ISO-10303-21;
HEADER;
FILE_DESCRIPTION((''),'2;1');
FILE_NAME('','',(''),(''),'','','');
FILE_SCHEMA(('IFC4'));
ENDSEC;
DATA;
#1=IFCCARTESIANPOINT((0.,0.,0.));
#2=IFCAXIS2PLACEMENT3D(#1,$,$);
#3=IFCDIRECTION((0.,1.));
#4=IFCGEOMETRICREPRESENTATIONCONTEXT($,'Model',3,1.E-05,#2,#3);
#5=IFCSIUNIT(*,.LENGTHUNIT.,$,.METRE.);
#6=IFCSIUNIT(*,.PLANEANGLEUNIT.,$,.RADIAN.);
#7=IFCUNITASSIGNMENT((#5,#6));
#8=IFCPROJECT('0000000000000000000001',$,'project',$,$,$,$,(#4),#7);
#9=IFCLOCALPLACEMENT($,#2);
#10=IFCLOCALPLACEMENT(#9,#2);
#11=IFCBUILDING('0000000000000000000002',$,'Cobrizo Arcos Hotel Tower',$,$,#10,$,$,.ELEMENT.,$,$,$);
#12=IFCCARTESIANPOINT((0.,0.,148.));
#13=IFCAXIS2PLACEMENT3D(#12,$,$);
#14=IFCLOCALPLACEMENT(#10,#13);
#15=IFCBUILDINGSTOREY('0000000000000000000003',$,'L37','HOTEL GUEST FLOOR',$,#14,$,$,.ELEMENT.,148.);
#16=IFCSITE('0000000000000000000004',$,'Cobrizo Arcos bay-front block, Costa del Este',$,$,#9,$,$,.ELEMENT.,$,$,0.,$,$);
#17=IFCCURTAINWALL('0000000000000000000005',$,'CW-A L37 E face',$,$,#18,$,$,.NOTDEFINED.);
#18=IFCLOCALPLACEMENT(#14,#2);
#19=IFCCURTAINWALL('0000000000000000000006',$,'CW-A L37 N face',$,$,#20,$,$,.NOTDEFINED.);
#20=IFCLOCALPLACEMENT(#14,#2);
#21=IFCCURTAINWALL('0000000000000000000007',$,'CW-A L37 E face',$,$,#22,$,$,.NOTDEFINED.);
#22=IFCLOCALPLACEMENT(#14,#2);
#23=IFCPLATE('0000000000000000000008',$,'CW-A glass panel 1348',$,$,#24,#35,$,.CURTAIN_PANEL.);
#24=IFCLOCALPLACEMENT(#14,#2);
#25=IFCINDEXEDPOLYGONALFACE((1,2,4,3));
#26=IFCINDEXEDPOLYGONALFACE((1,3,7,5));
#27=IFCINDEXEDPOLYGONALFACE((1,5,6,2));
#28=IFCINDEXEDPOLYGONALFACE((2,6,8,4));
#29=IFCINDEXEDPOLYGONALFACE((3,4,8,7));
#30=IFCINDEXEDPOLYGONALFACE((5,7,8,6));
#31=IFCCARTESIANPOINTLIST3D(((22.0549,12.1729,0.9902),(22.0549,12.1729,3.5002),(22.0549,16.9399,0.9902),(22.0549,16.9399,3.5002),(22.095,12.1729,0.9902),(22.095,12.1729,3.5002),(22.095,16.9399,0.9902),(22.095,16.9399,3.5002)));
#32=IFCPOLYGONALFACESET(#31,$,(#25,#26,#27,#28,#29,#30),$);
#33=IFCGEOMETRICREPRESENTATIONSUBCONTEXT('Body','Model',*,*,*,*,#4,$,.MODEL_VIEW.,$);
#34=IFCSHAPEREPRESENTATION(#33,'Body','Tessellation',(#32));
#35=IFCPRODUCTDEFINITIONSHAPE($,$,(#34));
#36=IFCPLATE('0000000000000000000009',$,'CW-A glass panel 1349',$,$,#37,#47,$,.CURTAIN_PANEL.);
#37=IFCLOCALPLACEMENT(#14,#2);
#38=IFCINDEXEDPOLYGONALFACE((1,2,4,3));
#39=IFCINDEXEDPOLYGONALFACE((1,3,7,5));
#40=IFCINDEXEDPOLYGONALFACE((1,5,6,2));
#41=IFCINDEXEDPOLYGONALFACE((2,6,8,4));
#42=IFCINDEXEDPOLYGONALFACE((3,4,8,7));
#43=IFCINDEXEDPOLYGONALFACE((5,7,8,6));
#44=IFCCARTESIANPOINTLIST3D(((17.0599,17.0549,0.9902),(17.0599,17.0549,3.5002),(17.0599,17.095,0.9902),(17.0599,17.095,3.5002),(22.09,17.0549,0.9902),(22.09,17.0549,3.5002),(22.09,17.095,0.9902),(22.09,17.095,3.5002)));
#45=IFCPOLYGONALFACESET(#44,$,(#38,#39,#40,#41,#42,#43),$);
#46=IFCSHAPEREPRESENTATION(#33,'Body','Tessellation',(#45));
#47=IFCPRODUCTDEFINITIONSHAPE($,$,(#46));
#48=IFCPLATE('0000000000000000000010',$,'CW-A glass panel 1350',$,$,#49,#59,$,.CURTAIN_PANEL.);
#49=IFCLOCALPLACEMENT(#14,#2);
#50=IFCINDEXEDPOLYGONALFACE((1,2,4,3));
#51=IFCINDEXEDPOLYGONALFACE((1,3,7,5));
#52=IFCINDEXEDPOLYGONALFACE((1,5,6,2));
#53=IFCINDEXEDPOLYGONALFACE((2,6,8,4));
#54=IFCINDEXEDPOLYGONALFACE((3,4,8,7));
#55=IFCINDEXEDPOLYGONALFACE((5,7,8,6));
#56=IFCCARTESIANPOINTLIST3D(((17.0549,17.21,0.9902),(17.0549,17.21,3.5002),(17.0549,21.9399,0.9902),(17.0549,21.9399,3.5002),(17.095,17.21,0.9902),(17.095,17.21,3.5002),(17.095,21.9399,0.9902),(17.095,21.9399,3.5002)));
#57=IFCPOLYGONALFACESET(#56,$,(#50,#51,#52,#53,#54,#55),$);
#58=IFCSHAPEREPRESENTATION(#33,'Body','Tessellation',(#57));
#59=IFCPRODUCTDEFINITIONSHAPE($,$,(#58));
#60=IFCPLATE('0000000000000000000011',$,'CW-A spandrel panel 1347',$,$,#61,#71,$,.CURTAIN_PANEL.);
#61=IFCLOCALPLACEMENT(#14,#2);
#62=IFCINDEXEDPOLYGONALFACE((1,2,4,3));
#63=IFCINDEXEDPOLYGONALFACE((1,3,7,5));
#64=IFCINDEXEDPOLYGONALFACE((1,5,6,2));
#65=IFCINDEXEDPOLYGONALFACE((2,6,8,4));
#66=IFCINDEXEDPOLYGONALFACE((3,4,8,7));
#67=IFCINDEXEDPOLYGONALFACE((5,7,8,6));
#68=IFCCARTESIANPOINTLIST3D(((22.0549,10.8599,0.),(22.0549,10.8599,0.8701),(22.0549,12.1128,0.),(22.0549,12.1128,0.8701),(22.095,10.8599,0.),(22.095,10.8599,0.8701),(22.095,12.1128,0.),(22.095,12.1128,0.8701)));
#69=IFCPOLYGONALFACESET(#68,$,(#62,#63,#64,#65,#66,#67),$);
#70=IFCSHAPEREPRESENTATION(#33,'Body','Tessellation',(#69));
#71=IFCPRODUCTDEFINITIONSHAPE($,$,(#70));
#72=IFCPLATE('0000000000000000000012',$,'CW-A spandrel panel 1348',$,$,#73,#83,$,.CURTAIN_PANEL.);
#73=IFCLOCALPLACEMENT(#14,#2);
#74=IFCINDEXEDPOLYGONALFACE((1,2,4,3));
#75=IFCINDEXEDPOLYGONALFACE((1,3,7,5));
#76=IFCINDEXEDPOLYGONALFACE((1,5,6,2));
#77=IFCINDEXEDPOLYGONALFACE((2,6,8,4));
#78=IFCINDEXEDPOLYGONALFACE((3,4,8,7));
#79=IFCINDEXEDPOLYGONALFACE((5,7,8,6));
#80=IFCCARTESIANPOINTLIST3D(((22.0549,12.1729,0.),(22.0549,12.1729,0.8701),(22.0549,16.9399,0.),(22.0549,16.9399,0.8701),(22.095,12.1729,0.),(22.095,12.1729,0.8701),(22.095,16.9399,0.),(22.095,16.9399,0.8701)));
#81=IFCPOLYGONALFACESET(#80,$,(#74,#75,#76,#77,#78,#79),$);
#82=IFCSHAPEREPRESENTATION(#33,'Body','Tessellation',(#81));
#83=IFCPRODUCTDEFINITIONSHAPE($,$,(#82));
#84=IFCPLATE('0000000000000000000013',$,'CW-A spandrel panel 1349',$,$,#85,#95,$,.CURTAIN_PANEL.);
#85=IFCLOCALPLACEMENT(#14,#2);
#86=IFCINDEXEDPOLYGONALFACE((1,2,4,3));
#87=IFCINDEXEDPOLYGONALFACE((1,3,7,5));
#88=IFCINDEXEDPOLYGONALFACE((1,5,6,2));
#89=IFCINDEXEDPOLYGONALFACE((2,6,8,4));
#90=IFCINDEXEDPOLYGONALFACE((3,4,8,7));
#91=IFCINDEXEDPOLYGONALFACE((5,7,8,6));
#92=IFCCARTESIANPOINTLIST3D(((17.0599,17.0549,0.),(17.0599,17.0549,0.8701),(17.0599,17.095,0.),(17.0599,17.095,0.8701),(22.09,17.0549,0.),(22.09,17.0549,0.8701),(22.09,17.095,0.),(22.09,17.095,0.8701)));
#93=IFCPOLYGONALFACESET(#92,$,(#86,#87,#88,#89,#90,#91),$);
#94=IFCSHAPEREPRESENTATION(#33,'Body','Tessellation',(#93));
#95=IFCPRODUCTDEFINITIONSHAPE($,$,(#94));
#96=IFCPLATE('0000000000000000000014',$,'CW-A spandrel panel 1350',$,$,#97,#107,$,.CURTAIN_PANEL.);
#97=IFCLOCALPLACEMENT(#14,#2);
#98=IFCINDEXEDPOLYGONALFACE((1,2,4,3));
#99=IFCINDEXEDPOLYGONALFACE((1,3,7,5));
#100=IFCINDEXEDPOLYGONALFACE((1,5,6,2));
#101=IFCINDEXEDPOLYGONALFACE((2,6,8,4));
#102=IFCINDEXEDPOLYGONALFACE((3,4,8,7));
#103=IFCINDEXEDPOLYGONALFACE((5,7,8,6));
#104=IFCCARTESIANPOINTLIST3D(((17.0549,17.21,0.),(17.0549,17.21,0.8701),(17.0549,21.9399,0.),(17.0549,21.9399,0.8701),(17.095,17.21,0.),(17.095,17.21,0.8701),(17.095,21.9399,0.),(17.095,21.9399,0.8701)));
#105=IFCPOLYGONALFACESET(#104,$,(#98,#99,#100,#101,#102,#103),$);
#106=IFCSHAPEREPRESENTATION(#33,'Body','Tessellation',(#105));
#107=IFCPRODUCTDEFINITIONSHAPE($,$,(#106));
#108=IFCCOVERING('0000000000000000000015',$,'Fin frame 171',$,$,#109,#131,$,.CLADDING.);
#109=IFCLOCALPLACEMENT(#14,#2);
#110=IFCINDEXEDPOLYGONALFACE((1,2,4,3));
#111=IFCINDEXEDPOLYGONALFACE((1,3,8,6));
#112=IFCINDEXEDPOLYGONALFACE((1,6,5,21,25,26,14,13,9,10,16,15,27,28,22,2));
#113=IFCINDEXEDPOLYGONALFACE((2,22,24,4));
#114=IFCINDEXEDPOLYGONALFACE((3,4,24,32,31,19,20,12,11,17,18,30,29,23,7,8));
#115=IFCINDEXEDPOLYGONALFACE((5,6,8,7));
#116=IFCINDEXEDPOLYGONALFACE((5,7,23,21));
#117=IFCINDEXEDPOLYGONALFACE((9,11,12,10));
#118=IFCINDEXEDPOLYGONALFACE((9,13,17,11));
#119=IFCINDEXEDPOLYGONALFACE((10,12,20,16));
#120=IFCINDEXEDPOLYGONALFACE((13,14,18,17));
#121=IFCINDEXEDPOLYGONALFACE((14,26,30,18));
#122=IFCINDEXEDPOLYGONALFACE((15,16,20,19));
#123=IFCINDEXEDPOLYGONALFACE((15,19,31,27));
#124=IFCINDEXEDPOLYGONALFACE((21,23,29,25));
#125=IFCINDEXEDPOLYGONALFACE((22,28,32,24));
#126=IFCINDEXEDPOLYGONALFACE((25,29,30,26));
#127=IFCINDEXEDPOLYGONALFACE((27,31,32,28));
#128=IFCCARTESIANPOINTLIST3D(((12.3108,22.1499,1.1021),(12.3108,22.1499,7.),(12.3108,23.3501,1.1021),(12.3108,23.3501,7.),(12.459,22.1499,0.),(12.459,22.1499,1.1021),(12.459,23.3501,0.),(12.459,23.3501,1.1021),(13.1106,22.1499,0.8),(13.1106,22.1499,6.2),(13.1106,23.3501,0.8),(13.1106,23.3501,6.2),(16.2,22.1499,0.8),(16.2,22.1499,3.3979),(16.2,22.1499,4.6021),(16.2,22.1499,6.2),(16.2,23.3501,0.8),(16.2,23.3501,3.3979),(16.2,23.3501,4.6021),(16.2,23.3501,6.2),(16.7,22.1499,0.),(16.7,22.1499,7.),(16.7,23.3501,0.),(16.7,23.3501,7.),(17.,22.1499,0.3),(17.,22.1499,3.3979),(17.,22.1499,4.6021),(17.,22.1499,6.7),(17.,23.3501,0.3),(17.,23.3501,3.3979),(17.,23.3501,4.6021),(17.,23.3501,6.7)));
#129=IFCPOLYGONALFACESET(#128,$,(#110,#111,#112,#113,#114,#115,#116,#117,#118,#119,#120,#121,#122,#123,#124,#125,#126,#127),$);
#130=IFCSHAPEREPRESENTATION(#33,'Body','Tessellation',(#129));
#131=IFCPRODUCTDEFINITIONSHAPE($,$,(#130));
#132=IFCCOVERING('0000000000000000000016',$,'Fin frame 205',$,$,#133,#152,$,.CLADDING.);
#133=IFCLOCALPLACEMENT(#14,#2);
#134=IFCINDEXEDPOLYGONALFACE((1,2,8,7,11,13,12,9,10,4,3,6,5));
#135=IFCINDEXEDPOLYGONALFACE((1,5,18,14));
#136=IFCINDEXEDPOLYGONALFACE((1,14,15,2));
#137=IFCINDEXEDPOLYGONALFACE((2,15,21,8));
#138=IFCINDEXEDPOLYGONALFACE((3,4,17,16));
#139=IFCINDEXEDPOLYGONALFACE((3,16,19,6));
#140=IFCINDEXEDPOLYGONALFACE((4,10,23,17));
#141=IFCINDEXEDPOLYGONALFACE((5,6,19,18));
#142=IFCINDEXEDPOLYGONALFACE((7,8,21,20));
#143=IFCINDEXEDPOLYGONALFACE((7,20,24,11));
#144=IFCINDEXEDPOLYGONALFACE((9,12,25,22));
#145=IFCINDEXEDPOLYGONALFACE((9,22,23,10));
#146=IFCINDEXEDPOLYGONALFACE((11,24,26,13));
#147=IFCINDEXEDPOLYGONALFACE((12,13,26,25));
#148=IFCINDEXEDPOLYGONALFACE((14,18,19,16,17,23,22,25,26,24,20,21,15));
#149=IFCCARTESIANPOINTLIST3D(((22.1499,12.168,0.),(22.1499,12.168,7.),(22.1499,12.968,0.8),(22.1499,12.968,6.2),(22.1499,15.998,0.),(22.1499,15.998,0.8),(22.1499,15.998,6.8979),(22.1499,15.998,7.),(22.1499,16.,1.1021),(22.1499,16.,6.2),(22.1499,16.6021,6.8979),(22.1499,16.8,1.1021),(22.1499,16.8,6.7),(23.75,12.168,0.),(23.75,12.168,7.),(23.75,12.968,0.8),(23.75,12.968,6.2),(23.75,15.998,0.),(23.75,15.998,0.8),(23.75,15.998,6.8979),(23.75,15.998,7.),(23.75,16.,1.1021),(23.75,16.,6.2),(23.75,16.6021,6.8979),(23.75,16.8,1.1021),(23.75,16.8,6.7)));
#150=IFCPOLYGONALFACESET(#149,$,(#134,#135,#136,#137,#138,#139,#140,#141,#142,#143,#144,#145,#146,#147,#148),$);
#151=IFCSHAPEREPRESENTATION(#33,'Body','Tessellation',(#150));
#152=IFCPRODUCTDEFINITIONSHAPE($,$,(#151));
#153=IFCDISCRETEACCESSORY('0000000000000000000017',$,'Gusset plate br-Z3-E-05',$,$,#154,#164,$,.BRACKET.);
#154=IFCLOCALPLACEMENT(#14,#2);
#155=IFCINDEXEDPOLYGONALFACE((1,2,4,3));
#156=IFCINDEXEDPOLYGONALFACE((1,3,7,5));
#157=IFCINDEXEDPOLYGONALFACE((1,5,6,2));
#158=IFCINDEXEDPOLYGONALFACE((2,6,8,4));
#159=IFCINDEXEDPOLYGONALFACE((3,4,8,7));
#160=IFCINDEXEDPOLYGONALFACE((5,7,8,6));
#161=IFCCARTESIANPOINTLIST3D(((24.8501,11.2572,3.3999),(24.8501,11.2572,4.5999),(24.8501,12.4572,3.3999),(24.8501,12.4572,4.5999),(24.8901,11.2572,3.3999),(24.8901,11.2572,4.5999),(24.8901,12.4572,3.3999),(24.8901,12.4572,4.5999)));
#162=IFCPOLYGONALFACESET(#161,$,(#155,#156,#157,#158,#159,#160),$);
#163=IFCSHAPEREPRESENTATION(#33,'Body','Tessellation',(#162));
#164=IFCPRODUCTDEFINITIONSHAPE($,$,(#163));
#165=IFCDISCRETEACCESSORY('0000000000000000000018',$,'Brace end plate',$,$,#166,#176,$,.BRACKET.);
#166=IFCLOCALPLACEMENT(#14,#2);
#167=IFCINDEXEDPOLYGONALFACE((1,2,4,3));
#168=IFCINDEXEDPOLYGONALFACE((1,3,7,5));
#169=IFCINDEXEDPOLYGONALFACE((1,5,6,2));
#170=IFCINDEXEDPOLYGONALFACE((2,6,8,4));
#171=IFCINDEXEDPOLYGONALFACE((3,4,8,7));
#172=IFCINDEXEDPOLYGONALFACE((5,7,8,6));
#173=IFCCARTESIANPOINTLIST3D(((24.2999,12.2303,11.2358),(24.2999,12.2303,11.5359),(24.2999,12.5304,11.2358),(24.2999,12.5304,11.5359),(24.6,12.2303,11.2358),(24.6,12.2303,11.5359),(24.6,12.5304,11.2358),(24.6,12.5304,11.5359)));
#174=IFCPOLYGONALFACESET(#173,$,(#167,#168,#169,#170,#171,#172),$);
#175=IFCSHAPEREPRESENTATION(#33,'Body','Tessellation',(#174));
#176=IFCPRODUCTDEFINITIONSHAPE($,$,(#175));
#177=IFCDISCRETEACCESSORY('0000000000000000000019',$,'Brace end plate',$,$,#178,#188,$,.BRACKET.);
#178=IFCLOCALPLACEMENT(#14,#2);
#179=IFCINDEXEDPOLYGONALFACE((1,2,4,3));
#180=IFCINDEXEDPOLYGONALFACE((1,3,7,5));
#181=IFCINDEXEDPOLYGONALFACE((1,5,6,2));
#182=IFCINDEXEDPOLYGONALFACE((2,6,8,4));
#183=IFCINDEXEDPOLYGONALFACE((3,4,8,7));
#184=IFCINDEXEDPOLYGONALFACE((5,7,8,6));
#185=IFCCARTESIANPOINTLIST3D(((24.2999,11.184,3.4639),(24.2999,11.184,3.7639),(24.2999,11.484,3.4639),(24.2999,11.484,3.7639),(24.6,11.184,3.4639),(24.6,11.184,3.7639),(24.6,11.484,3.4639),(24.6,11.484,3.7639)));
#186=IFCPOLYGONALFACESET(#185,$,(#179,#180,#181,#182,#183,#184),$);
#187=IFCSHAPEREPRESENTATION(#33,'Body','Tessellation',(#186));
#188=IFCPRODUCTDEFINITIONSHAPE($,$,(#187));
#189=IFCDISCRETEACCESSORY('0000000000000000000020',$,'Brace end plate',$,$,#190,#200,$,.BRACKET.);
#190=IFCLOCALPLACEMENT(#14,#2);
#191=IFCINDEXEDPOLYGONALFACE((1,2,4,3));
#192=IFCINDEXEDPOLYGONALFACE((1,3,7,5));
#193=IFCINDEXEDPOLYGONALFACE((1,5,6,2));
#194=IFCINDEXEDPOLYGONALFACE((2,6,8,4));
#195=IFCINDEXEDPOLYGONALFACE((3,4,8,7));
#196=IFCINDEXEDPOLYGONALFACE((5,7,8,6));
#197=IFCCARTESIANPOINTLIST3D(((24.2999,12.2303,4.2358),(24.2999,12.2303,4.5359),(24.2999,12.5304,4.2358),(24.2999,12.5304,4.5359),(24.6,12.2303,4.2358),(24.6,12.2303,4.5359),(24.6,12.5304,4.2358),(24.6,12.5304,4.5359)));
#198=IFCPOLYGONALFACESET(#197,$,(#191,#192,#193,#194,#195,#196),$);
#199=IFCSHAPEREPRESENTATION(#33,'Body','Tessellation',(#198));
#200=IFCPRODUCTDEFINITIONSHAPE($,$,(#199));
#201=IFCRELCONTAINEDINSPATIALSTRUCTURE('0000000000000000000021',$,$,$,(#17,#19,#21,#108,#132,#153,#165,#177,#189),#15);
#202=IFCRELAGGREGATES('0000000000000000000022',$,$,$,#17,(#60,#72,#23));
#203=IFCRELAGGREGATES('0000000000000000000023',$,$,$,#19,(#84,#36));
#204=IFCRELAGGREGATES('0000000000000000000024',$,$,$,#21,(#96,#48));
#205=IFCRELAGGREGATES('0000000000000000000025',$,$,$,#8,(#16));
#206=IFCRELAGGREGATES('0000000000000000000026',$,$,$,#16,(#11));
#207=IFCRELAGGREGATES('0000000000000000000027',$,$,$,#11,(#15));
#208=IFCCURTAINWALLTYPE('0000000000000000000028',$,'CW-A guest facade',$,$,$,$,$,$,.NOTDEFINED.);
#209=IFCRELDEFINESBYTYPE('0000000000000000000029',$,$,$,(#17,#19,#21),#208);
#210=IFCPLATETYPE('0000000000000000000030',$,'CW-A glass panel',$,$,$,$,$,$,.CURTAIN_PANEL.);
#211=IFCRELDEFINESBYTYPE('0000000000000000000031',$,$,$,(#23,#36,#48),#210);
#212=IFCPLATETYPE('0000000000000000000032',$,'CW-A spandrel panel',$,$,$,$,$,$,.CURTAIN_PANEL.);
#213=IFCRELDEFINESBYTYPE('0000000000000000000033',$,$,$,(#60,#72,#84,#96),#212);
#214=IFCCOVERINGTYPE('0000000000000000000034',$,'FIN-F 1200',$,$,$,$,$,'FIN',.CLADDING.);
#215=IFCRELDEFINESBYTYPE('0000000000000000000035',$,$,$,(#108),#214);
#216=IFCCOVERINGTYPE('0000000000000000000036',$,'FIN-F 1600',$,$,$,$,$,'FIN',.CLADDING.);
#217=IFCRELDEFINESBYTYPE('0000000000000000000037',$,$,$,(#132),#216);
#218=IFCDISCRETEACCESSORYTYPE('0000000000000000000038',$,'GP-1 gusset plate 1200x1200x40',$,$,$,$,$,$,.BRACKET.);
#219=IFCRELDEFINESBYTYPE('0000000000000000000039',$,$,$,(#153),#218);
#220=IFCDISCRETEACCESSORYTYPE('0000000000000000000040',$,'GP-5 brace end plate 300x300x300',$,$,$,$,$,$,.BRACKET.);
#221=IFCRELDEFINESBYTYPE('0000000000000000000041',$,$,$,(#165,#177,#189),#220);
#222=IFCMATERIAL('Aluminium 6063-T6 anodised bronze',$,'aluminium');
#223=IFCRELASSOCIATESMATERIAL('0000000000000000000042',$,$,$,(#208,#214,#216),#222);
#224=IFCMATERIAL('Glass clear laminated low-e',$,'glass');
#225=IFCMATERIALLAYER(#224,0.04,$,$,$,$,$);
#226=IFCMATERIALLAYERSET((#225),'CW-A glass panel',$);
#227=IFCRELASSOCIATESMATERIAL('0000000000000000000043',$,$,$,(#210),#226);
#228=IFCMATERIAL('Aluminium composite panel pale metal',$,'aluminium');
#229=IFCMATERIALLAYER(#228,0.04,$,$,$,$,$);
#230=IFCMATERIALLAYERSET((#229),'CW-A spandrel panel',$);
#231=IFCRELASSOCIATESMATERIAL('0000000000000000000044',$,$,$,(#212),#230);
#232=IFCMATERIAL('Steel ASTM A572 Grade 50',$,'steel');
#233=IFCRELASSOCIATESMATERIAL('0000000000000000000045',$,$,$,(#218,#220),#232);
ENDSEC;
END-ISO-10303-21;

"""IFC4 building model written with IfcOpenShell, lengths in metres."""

from ifc_helpers import new_model, si_unit, direction, frame, origin, origin_2d, place, context, subcontext, project, spatial, polyline, rectangle, outline, extrude, material, layer, layer_set, type_object, element, aggregate, save


model = new_model("IFC4")

# Units and contexts
model_context = context("Model", 3, precision=1e-05, world=origin(), true_north=direction((0.0, 1.0)))
body_context = subcontext(model_context, "Body", "Model", "MODEL_VIEW")
ifc_project = project(units=[si_unit("LENGTHUNIT", "METRE"), si_unit("PLANEANGLEUNIT", "RADIAN")], contexts=[model_context])

# Site, building, storey
site_placement = place(None, origin())
site = spatial("IfcSite", under=ifc_project, at=site_placement, Name="Cobrizo Arcos bay-front block, Costa del Este", CompositionType="ELEMENT", RefElevation=0.0)
building_placement = place(site_placement, origin())
building = spatial("IfcBuilding", under=site, at=building_placement, Name="Cobrizo Arcos Hotel Tower", CompositionType="ELEMENT")
storey_placement = place(building_placement, frame((0.0, 0.0, 148.0)))
storey = spatial("IfcBuildingStorey", under=building, at=storey_placement, Name="L37", Description="HOTEL GUEST FLOOR", CompositionType="ELEMENT", Elevation=148.0)

# Shared definitions
ifc_material_1 = material(Name="Steel ASTM A572 Grade 50", Category="steel")

# Curtain walls
ifc_material_2 = material(Name="Aluminium 6063-T6 anodised bronze", Category="aluminium")
curtain_wall_type = type_object("IfcCurtainWallType", Name="CW-A guest facade", PredefinedType="NOTDEFINED", material=ifc_material_2)
curtain_wall_1_placement = place(storey_placement, origin())
curtain_wall_1 = element("IfcCurtainWall", 1, at=curtain_wall_1_placement, inside=storey, type_object=curtain_wall_type, Name="CW-A L37 E face", PredefinedType="NOTDEFINED")
curtain_wall_2_placement = place(storey_placement, origin())
curtain_wall_2 = element("IfcCurtainWall", 2, at=curtain_wall_2_placement, inside=storey, type_object=curtain_wall_type, Name="CW-A L37 N face", PredefinedType="NOTDEFINED")
curtain_wall_3_placement = place(storey_placement, origin())
curtain_wall_3 = element("IfcCurtainWall", 3, at=curtain_wall_3_placement, inside=storey, type_object=curtain_wall_type, Name="CW-A L37 E face", PredefinedType="NOTDEFINED")

# Plates
ifc_material_3 = material(Name="Glass clear laminated low-e", Category="glass")
ifc_layer_1 = layer(ifc_material_3, 0.04)
ifc_layer_set_1 = layer_set([ifc_layer_1], Name="CW-A glass panel")
plate_type_1 = type_object("IfcPlateType", Name="CW-A glass panel", PredefinedType="CURTAIN_PANEL", material=ifc_layer_set_1)
plate_1_placement = place(storey_placement, frame((22.075, 14.5564, 0.9902), z_axis=(0.0, 0.0, 1.0), x_axis=(0.0, 1.0, 0.0)))
plate_1 = element("IfcPlate", 4, at=plate_1_placement, type_object=plate_type_1, Name="CW-A glass panel 1348", PredefinedType="CURTAIN_PANEL", context=body_context, shape_type="SweptSolid", body=[
    extrude(rectangle(XDim=4.7671, YDim=0.04, at=origin_2d()), origin(), (0.0, 0.0, 1.0), 2.51),
])
plate_2_placement = place(storey_placement, frame((19.575, 17.075, 0.9902), z_axis=(0.0, 0.0, 1.0), x_axis=(-1.0, 0.0, 0.0)))
plate_2 = element("IfcPlate", 5, at=plate_2_placement, type_object=plate_type_1, Name="CW-A glass panel 1349", PredefinedType="CURTAIN_PANEL", context=body_context, shape_type="SweptSolid", body=[
    extrude(rectangle(XDim=5.03, YDim=0.04, at=origin_2d()), origin(), (0.0, 0.0, 1.0), 2.51),
])
plate_3_placement = place(storey_placement, frame((17.075, 19.575, 0.9902), z_axis=(0.0, 0.0, 1.0), x_axis=(0.0, 1.0, 0.0)))
plate_3 = element("IfcPlate", 6, at=plate_3_placement, type_object=plate_type_1, Name="CW-A glass panel 1350", PredefinedType="CURTAIN_PANEL", context=body_context, shape_type="SweptSolid", body=[
    extrude(rectangle(XDim=4.73, YDim=0.04, at=origin_2d()), origin(), (0.0, 0.0, 1.0), 2.51),
])
ifc_material_4 = material(Name="Aluminium composite panel pale metal", Category="aluminium")
ifc_layer_2 = layer(ifc_material_4, 0.04)
ifc_layer_set_2 = layer_set([ifc_layer_2], Name="CW-A spandrel panel")
plate_type_2 = type_object("IfcPlateType", Name="CW-A spandrel panel", PredefinedType="CURTAIN_PANEL", material=ifc_layer_set_2)
plate_4_placement = place(storey_placement, frame((22.075, 11.4863, 0.0), z_axis=(0.0, 0.0, 1.0), x_axis=(0.0, 1.0, 0.0)))
plate_4 = element("IfcPlate", 7, at=plate_4_placement, type_object=plate_type_2, Name="CW-A spandrel panel 1347", PredefinedType="CURTAIN_PANEL", context=body_context, shape_type="SweptSolid", body=[
    extrude(rectangle(XDim=1.2529, YDim=0.04, at=origin_2d()), origin(), (0.0, 0.0, 1.0), 0.8701),
])
plate_5_placement = place(storey_placement, frame((22.075, 14.5564, 0.0), z_axis=(0.0, 0.0, 1.0), x_axis=(0.0, 1.0, 0.0)))
plate_5 = element("IfcPlate", 8, at=plate_5_placement, type_object=plate_type_2, Name="CW-A spandrel panel 1348", PredefinedType="CURTAIN_PANEL", context=body_context, shape_type="SweptSolid", body=[
    extrude(rectangle(XDim=4.7671, YDim=0.04, at=origin_2d()), origin(), (0.0, 0.0, 1.0), 0.8701),
])
aggregate(curtain_wall_1, [plate_4, plate_5, plate_1])
plate_6_placement = place(storey_placement, frame((19.575, 17.075, 0.0), z_axis=(0.0, 0.0, 1.0), x_axis=(-1.0, 0.0, 0.0)))
plate_6 = element("IfcPlate", 9, at=plate_6_placement, type_object=plate_type_2, Name="CW-A spandrel panel 1349", PredefinedType="CURTAIN_PANEL", context=body_context, shape_type="SweptSolid", body=[
    extrude(rectangle(XDim=5.03, YDim=0.04, at=origin_2d()), origin(), (0.0, 0.0, 1.0), 0.8701),
])
aggregate(curtain_wall_2, [plate_6, plate_2])
plate_7_placement = place(storey_placement, frame((17.075, 19.575, 0.0), z_axis=(0.0, 0.0, 1.0), x_axis=(0.0, 1.0, 0.0)))
plate_7 = element("IfcPlate", 10, at=plate_7_placement, type_object=plate_type_2, Name="CW-A spandrel panel 1350", PredefinedType="CURTAIN_PANEL", context=body_context, shape_type="SweptSolid", body=[
    extrude(rectangle(XDim=4.73, YDim=0.04, at=origin_2d()), origin(), (0.0, 0.0, 1.0), 0.8701),
])
aggregate(curtain_wall_3, [plate_7, plate_3])

# Coverings
covering_type_1 = type_object("IfcCoveringType", Name="FIN-F 1200", ElementType="FIN", PredefinedType="CLADDING", material=ifc_material_2)
covering_1_placement = place(storey_placement, frame((17.0, 22.1499, 0.0), z_axis=(0.0, 1.0, 0.0), x_axis=(-1.0, 0.0, 0.0)))
element("IfcCovering", 11, at=covering_1_placement, inside=storey, type_object=covering_type_1, Name="Fin frame 171", PredefinedType="CLADDING", context=body_context, shape_type="SweptSolid", body=[
    extrude(outline(polyline([(0.3, 0.0), (4.541, 0.0), (4.541, 1.1021), (4.6892, 1.1021), (4.6892, 7.0), (0.3, 7.0), (0.0, 6.7), (0.0, 4.6021), (0.8, 4.6021), (0.8, 6.2), (3.8894, 6.2), (3.8894, 0.8), (0.8, 0.8), (0.8, 3.3979), (0.0, 3.3979), (0.0, 0.3), (0.3, 0.0)])), origin(), (0.0, 0.0, 1.0), 1.2002),
])
covering_type_2 = type_object("IfcCoveringType", Name="FIN-F 1600", ElementType="FIN", PredefinedType="CLADDING", material=ifc_material_2)
covering_2_placement = place(storey_placement, frame((22.1499, 12.168, 0.0), z_axis=(1.0, 0.0, 0.0), x_axis=(0.0, 1.0, 0.0)))
element("IfcCovering", 12, at=covering_2_placement, inside=storey, type_object=covering_type_2, Name="Fin frame 205", PredefinedType="CLADDING", context=body_context, shape_type="SweptSolid", body=[
    extrude(outline(polyline([(0.0, 0.0), (3.8301, 0.0), (3.8301, 0.8), (0.8, 0.8), (0.8, 6.2), (3.832, 6.2), (3.832, 1.1021), (4.6321, 1.1021), (4.6321, 6.7), (4.4341, 6.8979), (3.8301, 6.8979), (3.8301, 7.0), (0.0, 7.0), (0.0, 0.0)])), origin(), (0.0, 0.0, 1.0), 1.6001),
])

# Discrete accessories
discrete_accessory_type_1 = type_object("IfcDiscreteAccessoryType", Name="GP-1 gusset plate 1200x1200x40", PredefinedType="BRACKET", material=ifc_material_1)
discrete_accessory_placement = place(storey_placement, frame((24.8701, 11.8572, 3.3999), z_axis=(0.0, 0.0, 1.0), x_axis=(1.0, 0.0, 0.0)))
element("IfcDiscreteAccessory", 13, at=discrete_accessory_placement, inside=storey, type_object=discrete_accessory_type_1, Name="Gusset plate br-Z3-E-05", PredefinedType="BRACKET", context=body_context, shape_type="SweptSolid", body=[
    extrude(rectangle(XDim=0.04, YDim=1.2, at=origin_2d()), origin(), (0.0, 0.0, 1.0), 1.2),
])
discrete_accessory_type_2 = type_object("IfcDiscreteAccessoryType", Name="GP-5 brace end plate 300x300x300", PredefinedType="BRACKET", material=ifc_material_1)
for number, where, z_axis, x_axis, name in (
    (14, (24.45, 12.3804, 11.2358), (0.0, 0.0, 1.0), (1.0, 0.0, 0.0), "Brace end plate"),
    (15, (24.45, 11.334, 3.4639), (0.0, 0.0, 1.0), (1.0, 0.0, 0.0), "Brace end plate"),
    (16, (24.45, 12.3804, 4.2358), (0.0, 0.0, 1.0), (1.0, 0.0, 0.0), "Brace end plate"),
):
    element("IfcDiscreteAccessory", number, at=place(storey_placement, frame(where, z_axis=z_axis, x_axis=x_axis)), inside=storey, type_object=discrete_accessory_type_2, Name=name, PredefinedType="BRACKET", context=body_context, shape_type="SweptSolid", body=[
        extrude(rectangle(XDim=0.3, YDim=0.3, at=origin_2d()), origin(), (0.0, 0.0, 1.0), 0.3),
    ])

save(model, "model.ifc")
